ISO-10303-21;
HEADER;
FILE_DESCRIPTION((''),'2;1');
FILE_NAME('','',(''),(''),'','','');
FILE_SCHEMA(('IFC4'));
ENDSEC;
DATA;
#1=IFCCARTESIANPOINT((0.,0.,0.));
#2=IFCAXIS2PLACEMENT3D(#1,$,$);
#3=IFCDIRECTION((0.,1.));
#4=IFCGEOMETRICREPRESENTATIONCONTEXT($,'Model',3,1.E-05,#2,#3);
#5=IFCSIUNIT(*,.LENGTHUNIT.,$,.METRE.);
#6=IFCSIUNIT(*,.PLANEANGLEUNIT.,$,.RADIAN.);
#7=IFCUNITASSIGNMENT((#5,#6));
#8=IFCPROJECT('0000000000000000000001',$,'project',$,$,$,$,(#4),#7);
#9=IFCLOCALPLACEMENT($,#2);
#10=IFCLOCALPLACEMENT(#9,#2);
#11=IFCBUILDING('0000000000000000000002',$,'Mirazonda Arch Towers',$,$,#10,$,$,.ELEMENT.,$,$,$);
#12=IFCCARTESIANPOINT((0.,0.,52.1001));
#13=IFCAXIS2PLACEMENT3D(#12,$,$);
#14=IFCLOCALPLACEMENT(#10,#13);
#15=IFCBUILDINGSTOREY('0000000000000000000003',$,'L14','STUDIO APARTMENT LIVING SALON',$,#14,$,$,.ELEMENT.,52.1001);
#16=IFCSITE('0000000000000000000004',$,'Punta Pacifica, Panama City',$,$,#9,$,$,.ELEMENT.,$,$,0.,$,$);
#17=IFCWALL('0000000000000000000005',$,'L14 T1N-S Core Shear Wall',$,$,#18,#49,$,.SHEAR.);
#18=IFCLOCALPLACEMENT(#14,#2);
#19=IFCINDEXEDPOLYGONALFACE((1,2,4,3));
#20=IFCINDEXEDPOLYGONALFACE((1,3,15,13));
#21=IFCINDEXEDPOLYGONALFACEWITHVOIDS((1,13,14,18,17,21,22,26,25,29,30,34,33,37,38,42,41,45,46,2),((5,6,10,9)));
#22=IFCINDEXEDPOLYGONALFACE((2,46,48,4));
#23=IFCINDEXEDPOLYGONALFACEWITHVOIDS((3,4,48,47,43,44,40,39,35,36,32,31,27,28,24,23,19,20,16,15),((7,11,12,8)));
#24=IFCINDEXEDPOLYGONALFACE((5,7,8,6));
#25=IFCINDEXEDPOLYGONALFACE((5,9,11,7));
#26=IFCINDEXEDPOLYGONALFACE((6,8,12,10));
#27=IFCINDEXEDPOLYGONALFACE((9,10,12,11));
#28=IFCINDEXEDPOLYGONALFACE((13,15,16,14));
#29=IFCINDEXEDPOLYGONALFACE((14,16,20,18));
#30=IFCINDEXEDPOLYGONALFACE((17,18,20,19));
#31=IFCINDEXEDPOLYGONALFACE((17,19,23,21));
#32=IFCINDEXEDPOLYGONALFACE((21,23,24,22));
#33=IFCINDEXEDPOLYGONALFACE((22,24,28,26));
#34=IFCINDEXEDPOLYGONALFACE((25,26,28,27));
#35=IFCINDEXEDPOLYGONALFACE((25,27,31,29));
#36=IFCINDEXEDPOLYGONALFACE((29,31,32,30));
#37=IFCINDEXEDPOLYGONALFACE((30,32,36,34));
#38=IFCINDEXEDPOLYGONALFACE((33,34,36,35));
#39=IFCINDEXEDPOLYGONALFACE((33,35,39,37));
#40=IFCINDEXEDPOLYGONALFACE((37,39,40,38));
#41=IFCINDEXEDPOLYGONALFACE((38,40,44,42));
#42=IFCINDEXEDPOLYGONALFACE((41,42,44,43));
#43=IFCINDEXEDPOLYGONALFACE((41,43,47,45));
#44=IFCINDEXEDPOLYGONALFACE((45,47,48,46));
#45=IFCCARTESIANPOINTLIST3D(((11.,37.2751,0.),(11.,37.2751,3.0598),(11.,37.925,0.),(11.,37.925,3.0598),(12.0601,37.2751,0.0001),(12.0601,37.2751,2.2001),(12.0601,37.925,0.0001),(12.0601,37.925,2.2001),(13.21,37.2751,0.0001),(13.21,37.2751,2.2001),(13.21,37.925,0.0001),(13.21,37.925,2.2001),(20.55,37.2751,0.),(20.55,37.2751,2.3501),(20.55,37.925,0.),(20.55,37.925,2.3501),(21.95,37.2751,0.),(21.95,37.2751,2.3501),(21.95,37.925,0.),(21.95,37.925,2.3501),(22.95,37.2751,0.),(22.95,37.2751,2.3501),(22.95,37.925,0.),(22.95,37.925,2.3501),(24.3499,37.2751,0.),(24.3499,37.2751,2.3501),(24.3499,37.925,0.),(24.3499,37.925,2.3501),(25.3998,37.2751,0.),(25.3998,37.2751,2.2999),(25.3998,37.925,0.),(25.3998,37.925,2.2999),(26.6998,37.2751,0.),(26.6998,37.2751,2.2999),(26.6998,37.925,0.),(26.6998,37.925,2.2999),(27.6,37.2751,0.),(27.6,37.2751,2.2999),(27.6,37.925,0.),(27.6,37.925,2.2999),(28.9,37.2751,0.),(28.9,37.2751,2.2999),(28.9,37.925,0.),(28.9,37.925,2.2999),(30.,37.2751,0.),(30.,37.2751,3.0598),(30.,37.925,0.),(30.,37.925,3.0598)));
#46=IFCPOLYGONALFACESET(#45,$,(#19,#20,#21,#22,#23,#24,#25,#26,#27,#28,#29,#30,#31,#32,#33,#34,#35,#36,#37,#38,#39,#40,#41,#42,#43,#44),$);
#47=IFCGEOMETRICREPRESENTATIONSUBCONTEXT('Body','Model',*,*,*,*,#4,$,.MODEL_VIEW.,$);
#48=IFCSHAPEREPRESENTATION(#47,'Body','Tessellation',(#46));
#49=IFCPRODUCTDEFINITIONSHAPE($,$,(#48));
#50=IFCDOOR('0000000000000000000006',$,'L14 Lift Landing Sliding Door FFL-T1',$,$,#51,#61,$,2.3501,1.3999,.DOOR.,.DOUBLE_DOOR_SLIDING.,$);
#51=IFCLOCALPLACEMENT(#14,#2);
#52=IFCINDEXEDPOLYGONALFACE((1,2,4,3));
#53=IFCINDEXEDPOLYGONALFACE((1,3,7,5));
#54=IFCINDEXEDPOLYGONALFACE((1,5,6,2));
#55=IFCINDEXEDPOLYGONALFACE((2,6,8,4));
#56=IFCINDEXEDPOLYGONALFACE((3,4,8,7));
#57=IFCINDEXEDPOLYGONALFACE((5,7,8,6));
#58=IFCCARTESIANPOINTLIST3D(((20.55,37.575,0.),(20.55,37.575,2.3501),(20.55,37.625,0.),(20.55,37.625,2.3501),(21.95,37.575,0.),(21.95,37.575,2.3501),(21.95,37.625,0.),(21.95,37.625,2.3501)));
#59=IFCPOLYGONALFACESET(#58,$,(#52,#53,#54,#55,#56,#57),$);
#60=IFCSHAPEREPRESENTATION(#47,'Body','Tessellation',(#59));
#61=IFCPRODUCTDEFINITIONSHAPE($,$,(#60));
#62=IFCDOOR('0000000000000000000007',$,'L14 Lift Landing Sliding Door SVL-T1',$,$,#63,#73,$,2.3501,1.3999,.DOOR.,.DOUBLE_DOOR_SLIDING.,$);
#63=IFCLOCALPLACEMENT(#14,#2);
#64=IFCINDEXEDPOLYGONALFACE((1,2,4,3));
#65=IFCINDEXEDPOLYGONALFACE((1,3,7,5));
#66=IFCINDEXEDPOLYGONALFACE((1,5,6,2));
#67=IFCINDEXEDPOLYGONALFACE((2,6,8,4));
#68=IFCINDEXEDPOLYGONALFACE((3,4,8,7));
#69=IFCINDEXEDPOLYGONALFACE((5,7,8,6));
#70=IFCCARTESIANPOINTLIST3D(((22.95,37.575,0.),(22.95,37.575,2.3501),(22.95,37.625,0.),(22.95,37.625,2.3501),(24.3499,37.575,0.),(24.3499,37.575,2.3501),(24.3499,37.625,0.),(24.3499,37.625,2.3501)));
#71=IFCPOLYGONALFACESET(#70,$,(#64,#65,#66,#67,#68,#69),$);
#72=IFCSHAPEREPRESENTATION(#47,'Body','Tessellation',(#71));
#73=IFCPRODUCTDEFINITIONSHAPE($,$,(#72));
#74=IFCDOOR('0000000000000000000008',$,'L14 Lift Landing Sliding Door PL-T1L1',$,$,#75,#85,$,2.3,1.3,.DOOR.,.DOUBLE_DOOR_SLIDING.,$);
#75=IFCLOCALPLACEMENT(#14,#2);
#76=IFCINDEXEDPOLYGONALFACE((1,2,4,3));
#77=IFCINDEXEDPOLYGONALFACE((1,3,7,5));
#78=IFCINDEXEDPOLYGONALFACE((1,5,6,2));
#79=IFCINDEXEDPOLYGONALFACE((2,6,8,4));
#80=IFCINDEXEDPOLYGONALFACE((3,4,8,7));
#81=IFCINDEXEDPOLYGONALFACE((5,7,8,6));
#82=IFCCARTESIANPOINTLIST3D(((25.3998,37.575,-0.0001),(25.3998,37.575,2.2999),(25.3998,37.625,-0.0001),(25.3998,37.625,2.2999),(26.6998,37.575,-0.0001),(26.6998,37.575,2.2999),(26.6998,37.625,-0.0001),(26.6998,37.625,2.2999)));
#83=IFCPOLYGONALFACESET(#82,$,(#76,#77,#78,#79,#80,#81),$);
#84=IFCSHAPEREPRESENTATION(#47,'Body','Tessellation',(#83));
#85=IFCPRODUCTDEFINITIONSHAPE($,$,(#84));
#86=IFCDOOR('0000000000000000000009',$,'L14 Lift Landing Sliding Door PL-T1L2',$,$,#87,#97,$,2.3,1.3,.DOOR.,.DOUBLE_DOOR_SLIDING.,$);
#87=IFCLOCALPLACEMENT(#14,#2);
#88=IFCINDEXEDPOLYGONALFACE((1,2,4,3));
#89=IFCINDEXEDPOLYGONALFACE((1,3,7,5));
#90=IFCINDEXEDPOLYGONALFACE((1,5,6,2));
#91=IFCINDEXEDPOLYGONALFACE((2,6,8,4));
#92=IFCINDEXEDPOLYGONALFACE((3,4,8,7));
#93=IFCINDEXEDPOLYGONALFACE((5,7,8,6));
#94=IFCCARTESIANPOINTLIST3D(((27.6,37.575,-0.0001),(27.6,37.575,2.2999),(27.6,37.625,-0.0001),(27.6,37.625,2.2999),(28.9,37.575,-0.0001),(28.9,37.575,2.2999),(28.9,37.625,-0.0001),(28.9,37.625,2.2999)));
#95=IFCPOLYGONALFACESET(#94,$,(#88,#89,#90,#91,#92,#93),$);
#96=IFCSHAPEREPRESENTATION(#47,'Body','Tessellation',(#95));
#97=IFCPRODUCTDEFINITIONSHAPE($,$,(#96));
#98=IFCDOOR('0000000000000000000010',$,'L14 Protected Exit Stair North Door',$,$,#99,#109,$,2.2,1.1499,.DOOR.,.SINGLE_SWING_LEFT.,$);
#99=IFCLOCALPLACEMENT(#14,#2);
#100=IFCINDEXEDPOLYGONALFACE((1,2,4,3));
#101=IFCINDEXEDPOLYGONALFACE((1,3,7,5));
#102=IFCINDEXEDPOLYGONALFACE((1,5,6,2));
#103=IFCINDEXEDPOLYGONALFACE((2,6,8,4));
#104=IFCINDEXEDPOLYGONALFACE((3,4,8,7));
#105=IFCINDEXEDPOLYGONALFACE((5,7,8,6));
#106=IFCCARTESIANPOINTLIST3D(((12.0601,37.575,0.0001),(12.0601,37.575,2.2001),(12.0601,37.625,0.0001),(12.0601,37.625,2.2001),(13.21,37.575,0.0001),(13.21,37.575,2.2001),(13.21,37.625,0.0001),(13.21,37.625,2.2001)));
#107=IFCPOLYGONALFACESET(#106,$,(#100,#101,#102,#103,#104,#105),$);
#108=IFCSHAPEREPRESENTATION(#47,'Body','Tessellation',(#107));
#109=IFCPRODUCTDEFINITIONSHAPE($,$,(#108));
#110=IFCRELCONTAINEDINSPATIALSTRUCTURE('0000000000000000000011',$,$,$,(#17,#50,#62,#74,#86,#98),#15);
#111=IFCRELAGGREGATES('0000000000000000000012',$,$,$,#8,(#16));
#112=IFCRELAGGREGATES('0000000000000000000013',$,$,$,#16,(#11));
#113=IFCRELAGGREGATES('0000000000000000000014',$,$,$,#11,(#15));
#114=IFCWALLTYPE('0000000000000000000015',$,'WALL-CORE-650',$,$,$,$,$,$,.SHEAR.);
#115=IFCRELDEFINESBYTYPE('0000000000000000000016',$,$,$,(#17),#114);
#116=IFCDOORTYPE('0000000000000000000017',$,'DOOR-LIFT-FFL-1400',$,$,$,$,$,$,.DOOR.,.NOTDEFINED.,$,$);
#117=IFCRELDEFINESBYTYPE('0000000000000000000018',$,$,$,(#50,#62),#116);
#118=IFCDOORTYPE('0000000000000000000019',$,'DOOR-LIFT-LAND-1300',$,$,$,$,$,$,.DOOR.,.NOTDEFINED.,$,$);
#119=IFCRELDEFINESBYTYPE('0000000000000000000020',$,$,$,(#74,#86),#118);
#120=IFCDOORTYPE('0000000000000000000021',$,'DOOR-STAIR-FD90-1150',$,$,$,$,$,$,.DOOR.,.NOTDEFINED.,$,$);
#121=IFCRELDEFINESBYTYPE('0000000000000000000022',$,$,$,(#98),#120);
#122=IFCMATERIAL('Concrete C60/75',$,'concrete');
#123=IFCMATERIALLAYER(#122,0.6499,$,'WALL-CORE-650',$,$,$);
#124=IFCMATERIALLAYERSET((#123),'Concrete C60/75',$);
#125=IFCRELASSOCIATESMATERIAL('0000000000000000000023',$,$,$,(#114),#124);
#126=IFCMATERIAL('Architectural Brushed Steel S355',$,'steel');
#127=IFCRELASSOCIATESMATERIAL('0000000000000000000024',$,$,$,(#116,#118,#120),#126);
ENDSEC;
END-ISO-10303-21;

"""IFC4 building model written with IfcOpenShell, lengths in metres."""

from ifc_helpers import new_model, si_unit, direction, frame, frame_2d, origin, place, context, subcontext, project, spatial, rectangle, extrude, material, layer, layer_set, type_object, element, fill, save


model = new_model("IFC4")

# Units and contexts
model_context = context("Model", 3, precision=1e-05, world=origin(), true_north=direction((0.0, 1.0)))
body_context = subcontext(model_context, "Body", "Model", "MODEL_VIEW")
ifc_project = project(units=[si_unit("LENGTHUNIT", "METRE"), si_unit("PLANEANGLEUNIT", "RADIAN")], contexts=[model_context])

# Site, building, storey
site_placement = place(None, origin())
site = spatial("IfcSite", under=ifc_project, at=site_placement, Name="Punta Pacifica, Panama City", CompositionType="ELEMENT", RefElevation=0.0)
building_placement = place(site_placement, origin())
building = spatial("IfcBuilding", under=site, at=building_placement, Name="Mirazonda Arch Towers", CompositionType="ELEMENT")
storey_placement = place(building_placement, frame((0.0, 0.0, 52.1001)))
storey = spatial("IfcBuildingStorey", under=building, at=storey_placement, Name="L14", Description="STUDIO APARTMENT LIVING SALON", CompositionType="ELEMENT", Elevation=52.1001)

# Shared definitions
ifc_material_1 = material(Name="Concrete C60/75", Category="concrete")

# Shared definitions
ifc_layer_1 = layer(ifc_material_1, 0.6499, Name="WALL-CORE-650")
ifc_layer_set_1 = layer_set([ifc_layer_1], Name="Concrete C60/75")
wall_type_1 = type_object("IfcWallType", Name="WALL-CORE-650", PredefinedType="SHEAR", material=ifc_layer_set_1)

# Wall, openings, doors
wall_1_placement = place(storey_placement, frame((11.0, 37.6001, 0.0), z_axis=(0.0, 0.0, 1.0), x_axis=(1.0, 0.0, 0.0)))
wall_1 = element("IfcWall", 1, at=wall_1_placement, inside=storey, type_object=wall_type_1, Name="L14 T1N-S Core Shear Wall", PredefinedType="SHEAR", context=body_context, shape_type="SweptSolid", body=[
    extrude(rectangle(XDim=19.0, YDim=0.6499, at=frame_2d((9.5, 0.0))), origin(), (0.0, 0.0, 1.0), 3.0598),
])
opening_1_placement = place(wall_1_placement, frame((1.0601, 0.0, 0.0)))
opening_1 = element("IfcOpeningElement", 2, at=opening_1_placement, cuts=wall_1, PredefinedType="OPENING", context=body_context, shape_type="SweptSolid", body=[
    extrude(rectangle(XDim=1.1499, YDim=2.2, at=frame_2d((0.575, 1.1001))), frame((0.0, 0.335, 0.0), z_axis=(0.0, -1.0, 0.0), x_axis=(1.0, 0.0, 0.0)), (0.0, 0.0, 1.0), 0.6699),
])
opening_2_placement = place(wall_1_placement, frame((9.55, 0.0, 0.0)))
opening_2 = element("IfcOpeningElement", 3, at=opening_2_placement, cuts=wall_1, PredefinedType="OPENING", context=body_context, shape_type="SweptSolid", body=[
    extrude(rectangle(XDim=1.3999, YDim=2.3501, at=frame_2d((0.7, 1.175))), frame((0.0, 0.335, 0.0), z_axis=(0.0, -1.0, 0.0), x_axis=(1.0, 0.0, 0.0)), (0.0, 0.0, 1.0), 0.6699),
])
opening_3_placement = place(wall_1_placement, frame((11.95, 0.0, 0.0)))
opening_3 = element("IfcOpeningElement", 4, at=opening_3_placement, cuts=wall_1, PredefinedType="OPENING", context=body_context, shape_type="SweptSolid", body=[
    extrude(rectangle(XDim=1.3999, YDim=2.3501, at=frame_2d((0.7, 1.175))), frame((0.0, 0.335, 0.0), z_axis=(0.0, -1.0, 0.0), x_axis=(1.0, 0.0, 0.0)), (0.0, 0.0, 1.0), 0.6699),
])
opening_4_placement = place(wall_1_placement, frame((14.3999, 0.0, 0.0)))
opening_4 = element("IfcOpeningElement", 5, at=opening_4_placement, cuts=wall_1, PredefinedType="OPENING", context=body_context, shape_type="SweptSolid", body=[
    extrude(rectangle(XDim=1.3, YDim=2.3, at=frame_2d((0.6499, 1.1499))), frame((0.0, 0.335, 0.0), z_axis=(0.0, -1.0, 0.0), x_axis=(1.0, 0.0, 0.0)), (0.0, 0.0, 1.0), 0.6699),
])
opening_5_placement = place(wall_1_placement, frame((16.6001, 0.0, 0.0)))
opening_5 = element("IfcOpeningElement", 6, at=opening_5_placement, cuts=wall_1, PredefinedType="OPENING", context=body_context, shape_type="SweptSolid", body=[
    extrude(rectangle(XDim=1.3, YDim=2.3, at=frame_2d((0.6499, 1.1499))), frame((0.0, 0.335, 0.0), z_axis=(0.0, -1.0, 0.0), x_axis=(1.0, 0.0, 0.0)), (0.0, 0.0, 1.0), 0.6699),
])
ifc_material_2 = material(Name="Architectural Brushed Steel S355", Category="steel")
door_type_1 = type_object("IfcDoorType", Name="DOOR-LIFT-FFL-1400", OperationType="NOTDEFINED", PredefinedType="DOOR", material=ifc_material_2)
door_1_placement = place(opening_2_placement, origin())
door_1 = element("IfcDoor", 7, at=door_1_placement, inside=storey, type_object=door_type_1, Name="L14 Lift Landing Sliding Door FFL-T1", OperationType="DOUBLE_DOOR_SLIDING", OverallHeight=2.3501, OverallWidth=1.3999, PredefinedType="DOOR", context=body_context, shape_type="SweptSolid", body=[
    extrude(rectangle(XDim=1.3999, YDim=2.3501, at=frame_2d((0.7, 1.175))), frame((0.0, 0.0249, 0.0), z_axis=(0.0, -1.0, 0.0), x_axis=(1.0, 0.0, 0.0)), (0.0, 0.0, 1.0), 0.05),
])
fill(opening_2, door_1)
door_2_placement = place(opening_3_placement, origin())
door_2 = element("IfcDoor", 8, at=door_2_placement, inside=storey, type_object=door_type_1, Name="L14 Lift Landing Sliding Door SVL-T1", OperationType="DOUBLE_DOOR_SLIDING", OverallHeight=2.3501, OverallWidth=1.3999, PredefinedType="DOOR", context=body_context, shape_type="SweptSolid", body=[
    extrude(rectangle(XDim=1.3999, YDim=2.3501, at=frame_2d((0.7, 1.175))), frame((0.0, 0.0249, 0.0), z_axis=(0.0, -1.0, 0.0), x_axis=(1.0, 0.0, 0.0)), (0.0, 0.0, 1.0), 0.05),
])
fill(opening_3, door_2)
door_type_2 = type_object("IfcDoorType", Name="DOOR-LIFT-LAND-1300", OperationType="NOTDEFINED", PredefinedType="DOOR", material=ifc_material_2)
door_3_placement = place(opening_4_placement, origin())
door_3 = element("IfcDoor", 9, at=door_3_placement, inside=storey, type_object=door_type_2, Name="L14 Lift Landing Sliding Door PL-T1L1", OperationType="DOUBLE_DOOR_SLIDING", OverallHeight=2.3, OverallWidth=1.3, PredefinedType="DOOR", context=body_context, shape_type="SweptSolid", body=[
    extrude(rectangle(XDim=1.3, YDim=2.3, at=frame_2d((0.6499, 1.1499))), frame((0.0, 0.0249, 0.0), z_axis=(0.0, -1.0, 0.0), x_axis=(1.0, 0.0, 0.0)), (0.0, 0.0, 1.0), 0.05),
])
fill(opening_4, door_3)
door_4_placement = place(opening_5_placement, origin())
door_4 = element("IfcDoor", 10, at=door_4_placement, inside=storey, type_object=door_type_2, Name="L14 Lift Landing Sliding Door PL-T1L2", OperationType="DOUBLE_DOOR_SLIDING", OverallHeight=2.3, OverallWidth=1.3, PredefinedType="DOOR", context=body_context, shape_type="SweptSolid", body=[
    extrude(rectangle(XDim=1.3, YDim=2.3, at=frame_2d((0.6499, 1.1499))), frame((0.0, 0.0249, 0.0), z_axis=(0.0, -1.0, 0.0), x_axis=(1.0, 0.0, 0.0)), (0.0, 0.0, 1.0), 0.05),
])
fill(opening_5, door_4)
door_type_3 = type_object("IfcDoorType", Name="DOOR-STAIR-FD90-1150", OperationType="NOTDEFINED", PredefinedType="DOOR", material=ifc_material_2)
door_5_placement = place(opening_1_placement, origin())
door_5 = element("IfcDoor", 11, at=door_5_placement, inside=storey, type_object=door_type_3, Name="L14 Protected Exit Stair North Door", OperationType="SINGLE_SWING_LEFT", OverallHeight=2.2, OverallWidth=1.1499, PredefinedType="DOOR", context=body_context, shape_type="SweptSolid", body=[
    extrude(rectangle(XDim=1.1499, YDim=2.2, at=frame_2d((0.575, 1.1001))), frame((0.0, 0.0249, 0.0), z_axis=(0.0, -1.0, 0.0), x_axis=(1.0, 0.0, 0.0)), (0.0, 0.0, 1.0), 0.05),
])
fill(opening_1, door_5)

save(model, "model.ifc")
